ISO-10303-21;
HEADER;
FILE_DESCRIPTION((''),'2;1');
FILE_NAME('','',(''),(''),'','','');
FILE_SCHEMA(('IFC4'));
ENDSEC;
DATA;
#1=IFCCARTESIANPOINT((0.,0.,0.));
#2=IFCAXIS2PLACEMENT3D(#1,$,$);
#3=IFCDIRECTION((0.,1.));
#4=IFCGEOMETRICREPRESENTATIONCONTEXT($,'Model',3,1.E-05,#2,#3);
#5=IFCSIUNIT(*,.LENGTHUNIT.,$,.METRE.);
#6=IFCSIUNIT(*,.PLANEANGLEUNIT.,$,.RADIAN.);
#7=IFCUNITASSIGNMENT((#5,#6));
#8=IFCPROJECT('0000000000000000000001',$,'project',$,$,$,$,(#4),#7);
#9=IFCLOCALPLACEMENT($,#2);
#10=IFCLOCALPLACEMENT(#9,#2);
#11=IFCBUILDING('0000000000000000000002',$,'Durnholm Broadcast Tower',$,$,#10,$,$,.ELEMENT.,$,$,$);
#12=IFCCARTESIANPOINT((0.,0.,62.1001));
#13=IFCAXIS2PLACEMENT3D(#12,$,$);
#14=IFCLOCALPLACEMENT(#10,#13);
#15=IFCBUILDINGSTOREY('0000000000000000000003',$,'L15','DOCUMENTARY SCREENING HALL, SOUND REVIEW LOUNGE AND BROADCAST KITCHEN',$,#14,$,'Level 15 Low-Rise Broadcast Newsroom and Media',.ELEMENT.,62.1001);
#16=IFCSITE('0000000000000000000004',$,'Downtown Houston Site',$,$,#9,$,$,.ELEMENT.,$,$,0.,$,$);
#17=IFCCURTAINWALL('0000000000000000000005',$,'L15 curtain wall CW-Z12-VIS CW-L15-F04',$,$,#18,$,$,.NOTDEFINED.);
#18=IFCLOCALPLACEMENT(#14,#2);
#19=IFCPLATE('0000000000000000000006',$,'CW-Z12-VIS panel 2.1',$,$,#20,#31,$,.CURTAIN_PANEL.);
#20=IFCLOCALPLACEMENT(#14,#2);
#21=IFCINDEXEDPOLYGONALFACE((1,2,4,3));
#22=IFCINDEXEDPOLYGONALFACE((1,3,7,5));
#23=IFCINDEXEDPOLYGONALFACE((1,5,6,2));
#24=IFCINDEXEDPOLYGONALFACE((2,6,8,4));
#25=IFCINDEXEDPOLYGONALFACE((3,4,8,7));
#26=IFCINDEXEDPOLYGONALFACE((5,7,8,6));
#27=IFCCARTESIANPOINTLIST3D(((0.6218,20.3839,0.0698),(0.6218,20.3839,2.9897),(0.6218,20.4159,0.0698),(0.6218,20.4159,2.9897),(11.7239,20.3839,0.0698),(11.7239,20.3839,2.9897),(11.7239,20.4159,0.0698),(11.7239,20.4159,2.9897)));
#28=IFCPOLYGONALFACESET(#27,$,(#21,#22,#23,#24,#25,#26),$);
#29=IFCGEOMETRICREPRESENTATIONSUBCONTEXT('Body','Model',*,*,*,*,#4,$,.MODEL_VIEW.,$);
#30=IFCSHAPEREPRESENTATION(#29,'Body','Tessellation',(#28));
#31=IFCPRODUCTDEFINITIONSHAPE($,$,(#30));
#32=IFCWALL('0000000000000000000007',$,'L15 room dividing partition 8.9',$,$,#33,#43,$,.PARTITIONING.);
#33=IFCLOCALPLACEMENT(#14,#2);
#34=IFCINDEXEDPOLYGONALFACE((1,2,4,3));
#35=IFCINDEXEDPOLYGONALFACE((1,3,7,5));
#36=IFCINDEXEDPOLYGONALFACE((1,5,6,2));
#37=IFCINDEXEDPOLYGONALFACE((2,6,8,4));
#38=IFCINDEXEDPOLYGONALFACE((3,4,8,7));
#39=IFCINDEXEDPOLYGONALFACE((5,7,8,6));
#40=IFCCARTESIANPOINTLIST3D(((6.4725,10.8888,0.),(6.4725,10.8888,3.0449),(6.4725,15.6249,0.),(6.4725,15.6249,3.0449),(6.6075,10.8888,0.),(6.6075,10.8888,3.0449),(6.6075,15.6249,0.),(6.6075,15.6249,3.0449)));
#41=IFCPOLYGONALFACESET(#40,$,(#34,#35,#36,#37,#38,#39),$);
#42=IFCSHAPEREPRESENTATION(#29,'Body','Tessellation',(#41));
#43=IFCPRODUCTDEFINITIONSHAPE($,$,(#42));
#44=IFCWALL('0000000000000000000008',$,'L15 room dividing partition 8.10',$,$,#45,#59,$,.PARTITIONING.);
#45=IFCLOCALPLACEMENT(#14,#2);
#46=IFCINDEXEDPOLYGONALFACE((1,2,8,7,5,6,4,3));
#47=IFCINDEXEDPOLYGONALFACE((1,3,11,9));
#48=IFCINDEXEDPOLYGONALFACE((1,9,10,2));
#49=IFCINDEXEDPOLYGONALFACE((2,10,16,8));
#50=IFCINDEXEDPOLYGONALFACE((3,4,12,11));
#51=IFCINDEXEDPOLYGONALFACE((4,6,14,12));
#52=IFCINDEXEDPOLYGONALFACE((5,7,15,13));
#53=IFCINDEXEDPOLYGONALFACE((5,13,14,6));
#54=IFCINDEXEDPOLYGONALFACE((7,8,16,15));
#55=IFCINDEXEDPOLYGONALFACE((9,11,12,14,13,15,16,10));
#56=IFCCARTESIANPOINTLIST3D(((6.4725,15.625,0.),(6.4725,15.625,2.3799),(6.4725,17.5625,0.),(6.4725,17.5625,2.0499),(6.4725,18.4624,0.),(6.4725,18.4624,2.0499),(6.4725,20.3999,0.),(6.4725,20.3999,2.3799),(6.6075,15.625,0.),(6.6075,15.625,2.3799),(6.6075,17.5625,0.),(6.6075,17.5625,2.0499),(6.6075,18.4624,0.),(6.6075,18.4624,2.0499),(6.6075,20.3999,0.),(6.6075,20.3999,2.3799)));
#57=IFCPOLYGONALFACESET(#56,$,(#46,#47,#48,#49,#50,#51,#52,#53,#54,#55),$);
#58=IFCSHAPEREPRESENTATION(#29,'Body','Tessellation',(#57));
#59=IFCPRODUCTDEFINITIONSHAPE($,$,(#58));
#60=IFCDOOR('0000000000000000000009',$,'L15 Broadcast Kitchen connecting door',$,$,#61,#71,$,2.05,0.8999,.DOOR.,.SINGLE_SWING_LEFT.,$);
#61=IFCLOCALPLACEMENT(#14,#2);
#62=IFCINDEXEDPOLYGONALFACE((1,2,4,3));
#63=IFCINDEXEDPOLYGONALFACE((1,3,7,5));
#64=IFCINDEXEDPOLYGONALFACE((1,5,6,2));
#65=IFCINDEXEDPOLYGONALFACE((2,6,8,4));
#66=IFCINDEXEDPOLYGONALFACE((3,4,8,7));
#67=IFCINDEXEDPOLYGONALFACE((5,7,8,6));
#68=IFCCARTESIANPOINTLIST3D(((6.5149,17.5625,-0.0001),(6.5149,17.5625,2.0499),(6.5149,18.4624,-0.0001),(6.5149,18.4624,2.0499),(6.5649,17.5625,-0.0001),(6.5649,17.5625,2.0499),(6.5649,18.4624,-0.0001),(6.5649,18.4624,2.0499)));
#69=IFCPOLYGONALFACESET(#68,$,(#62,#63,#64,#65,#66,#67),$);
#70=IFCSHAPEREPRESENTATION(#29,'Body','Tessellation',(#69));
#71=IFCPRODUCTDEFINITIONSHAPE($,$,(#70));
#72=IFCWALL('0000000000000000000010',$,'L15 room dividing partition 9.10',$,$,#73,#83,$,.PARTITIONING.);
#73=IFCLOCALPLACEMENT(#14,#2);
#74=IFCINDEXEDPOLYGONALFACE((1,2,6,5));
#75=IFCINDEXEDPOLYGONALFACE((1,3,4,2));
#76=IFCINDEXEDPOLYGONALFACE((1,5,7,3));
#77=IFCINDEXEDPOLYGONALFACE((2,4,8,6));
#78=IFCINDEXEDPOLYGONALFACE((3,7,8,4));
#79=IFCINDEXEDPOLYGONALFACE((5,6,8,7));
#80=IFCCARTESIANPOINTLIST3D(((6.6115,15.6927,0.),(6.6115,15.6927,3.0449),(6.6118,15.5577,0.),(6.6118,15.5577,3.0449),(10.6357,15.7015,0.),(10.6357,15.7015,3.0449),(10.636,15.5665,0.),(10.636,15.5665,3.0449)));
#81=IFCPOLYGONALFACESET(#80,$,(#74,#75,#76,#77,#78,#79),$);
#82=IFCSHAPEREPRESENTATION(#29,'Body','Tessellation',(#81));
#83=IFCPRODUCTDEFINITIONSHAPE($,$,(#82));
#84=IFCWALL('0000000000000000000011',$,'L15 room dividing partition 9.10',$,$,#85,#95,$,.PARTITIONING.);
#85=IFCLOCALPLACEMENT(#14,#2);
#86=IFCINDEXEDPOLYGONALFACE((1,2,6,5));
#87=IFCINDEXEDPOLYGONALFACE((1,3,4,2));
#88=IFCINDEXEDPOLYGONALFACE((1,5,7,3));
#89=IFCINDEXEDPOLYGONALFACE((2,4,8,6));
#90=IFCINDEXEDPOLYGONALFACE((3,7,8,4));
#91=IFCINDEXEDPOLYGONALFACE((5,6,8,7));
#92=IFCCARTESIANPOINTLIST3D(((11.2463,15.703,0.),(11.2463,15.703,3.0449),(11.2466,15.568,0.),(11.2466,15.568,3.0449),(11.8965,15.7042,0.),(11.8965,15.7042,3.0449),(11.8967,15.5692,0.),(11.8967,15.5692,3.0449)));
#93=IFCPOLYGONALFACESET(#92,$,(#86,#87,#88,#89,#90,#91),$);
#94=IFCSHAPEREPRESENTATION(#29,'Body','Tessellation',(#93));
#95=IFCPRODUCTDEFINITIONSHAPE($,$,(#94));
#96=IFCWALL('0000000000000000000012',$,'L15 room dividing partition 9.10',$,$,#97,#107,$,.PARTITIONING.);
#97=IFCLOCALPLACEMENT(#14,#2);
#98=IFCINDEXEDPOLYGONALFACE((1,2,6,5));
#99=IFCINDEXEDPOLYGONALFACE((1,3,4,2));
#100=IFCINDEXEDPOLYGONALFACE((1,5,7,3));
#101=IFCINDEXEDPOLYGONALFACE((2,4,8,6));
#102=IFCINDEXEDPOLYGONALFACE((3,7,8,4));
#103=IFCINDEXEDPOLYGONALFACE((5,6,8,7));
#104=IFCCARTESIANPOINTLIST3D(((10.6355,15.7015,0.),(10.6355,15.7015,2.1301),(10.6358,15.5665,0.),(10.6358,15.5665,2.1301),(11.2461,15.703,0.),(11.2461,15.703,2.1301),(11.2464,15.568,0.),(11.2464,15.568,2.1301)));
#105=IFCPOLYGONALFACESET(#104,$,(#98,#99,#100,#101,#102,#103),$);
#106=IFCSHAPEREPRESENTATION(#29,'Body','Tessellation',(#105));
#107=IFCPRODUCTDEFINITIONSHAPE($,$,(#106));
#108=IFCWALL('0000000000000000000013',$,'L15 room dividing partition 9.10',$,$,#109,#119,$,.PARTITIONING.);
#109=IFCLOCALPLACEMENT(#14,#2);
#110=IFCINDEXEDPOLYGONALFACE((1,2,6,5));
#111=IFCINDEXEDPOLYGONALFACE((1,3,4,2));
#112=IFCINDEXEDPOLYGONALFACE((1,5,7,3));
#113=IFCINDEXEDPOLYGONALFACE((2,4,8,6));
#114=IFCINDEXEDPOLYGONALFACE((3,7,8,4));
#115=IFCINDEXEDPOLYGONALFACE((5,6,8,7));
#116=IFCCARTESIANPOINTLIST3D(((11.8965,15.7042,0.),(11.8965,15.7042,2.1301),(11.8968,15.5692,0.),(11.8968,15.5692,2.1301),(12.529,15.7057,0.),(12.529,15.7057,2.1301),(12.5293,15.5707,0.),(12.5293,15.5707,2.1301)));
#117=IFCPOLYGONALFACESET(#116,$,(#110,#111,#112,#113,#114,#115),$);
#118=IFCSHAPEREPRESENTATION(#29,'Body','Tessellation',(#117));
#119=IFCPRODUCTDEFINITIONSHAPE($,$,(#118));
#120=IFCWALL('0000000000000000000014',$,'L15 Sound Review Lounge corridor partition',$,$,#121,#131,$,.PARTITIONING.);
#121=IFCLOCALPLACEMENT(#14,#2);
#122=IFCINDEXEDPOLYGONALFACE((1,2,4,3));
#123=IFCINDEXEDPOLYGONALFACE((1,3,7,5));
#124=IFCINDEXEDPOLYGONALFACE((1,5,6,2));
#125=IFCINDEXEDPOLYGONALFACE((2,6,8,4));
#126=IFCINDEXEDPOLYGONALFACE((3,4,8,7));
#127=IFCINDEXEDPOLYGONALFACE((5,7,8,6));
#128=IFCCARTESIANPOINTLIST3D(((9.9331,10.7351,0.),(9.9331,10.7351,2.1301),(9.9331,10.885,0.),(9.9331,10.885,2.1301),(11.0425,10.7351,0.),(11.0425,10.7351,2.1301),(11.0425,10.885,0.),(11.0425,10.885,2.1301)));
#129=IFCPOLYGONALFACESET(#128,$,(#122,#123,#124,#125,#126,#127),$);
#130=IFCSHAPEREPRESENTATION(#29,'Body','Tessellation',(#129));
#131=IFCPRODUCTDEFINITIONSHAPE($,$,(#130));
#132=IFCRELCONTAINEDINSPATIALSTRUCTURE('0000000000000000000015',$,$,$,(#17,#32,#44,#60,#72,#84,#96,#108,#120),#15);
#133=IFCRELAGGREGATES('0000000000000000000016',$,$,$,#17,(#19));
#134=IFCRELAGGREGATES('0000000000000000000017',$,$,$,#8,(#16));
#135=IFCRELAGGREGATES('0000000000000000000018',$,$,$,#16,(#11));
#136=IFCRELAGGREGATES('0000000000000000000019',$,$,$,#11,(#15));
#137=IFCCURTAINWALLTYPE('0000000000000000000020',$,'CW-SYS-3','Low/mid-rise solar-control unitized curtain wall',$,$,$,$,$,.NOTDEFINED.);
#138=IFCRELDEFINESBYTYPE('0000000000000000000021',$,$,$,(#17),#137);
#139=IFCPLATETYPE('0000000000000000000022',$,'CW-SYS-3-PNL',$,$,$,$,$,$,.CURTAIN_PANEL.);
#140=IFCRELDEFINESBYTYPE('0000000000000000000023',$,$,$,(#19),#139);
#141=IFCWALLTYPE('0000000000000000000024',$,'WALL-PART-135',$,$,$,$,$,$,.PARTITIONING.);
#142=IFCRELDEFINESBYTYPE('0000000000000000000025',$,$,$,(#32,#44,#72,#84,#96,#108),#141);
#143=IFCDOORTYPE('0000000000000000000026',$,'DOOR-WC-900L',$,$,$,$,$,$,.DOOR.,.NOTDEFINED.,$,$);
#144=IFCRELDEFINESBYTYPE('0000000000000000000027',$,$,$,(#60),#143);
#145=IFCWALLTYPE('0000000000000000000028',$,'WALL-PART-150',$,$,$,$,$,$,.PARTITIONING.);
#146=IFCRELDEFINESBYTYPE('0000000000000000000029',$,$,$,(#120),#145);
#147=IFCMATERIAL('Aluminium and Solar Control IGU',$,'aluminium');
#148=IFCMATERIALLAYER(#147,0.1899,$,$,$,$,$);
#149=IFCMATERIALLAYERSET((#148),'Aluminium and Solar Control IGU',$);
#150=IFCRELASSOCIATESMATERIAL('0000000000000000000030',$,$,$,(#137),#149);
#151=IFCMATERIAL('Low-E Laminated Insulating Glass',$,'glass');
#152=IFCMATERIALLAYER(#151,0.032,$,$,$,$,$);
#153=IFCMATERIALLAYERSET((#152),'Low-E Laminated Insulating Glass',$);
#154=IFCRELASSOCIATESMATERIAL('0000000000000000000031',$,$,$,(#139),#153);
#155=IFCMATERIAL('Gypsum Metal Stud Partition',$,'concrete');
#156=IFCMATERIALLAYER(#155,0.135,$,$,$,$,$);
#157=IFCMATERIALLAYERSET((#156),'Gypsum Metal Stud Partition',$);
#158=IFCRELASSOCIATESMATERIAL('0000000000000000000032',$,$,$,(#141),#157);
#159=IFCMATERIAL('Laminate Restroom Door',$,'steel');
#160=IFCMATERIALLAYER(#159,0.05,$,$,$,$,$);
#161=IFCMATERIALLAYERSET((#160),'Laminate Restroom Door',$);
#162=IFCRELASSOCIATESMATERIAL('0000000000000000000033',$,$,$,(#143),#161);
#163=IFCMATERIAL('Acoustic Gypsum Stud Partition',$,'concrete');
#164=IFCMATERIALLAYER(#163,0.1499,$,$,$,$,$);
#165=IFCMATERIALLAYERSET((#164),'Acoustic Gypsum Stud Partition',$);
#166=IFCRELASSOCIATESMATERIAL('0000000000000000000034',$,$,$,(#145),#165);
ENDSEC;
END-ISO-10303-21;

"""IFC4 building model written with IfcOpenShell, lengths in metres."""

from ifc_helpers import new_model, si_unit, direction, frame, frame_2d, origin, origin_2d, place, context, subcontext, project, spatial, rectangle, extrude, source, transform, mapped, material, layer, layer_set, type_object, type_shapes, element, fill, aggregate, save


model = new_model("IFC4")

# Units and contexts
model_context = context("Model", 3, precision=1e-05, world=origin(), true_north=direction((0.0, 1.0)))
body_context = subcontext(model_context, "Body", "Model", "MODEL_VIEW")
ifc_project = project(units=[si_unit("LENGTHUNIT", "METRE"), si_unit("PLANEANGLEUNIT", "RADIAN")], contexts=[model_context])

# Site, building, storey
site_placement = place(None, origin())
site = spatial("IfcSite", under=ifc_project, at=site_placement, Name="Downtown Houston Site", CompositionType="ELEMENT", RefElevation=0.0)
building_placement = place(site_placement, origin())
building = spatial("IfcBuilding", under=site, at=building_placement, Name="Durnholm Broadcast Tower", CompositionType="ELEMENT")
storey_placement = place(building_placement, frame((0.0, 0.0, 62.1001)))
storey = spatial("IfcBuildingStorey", under=building, at=storey_placement, Name="L15", Description="DOCUMENTARY SCREENING HALL, SOUND REVIEW LOUNGE AND BROADCAST KITCHEN", LongName="Level 15 Low-Rise Broadcast Newsroom and Media", CompositionType="ELEMENT", Elevation=62.1001)

# Shared definitions
ifc_material_1 = material(Name="Aluminium and Solar Control IGU", Category="aluminium")

# Curtain wall
ifc_layer_1 = layer(ifc_material_1, 0.1899)
ifc_layer_set_1 = layer_set([ifc_layer_1], Name="Aluminium and Solar Control IGU")
curtain_wall_type_1 = type_object("IfcCurtainWallType", Name="CW-SYS-3", Description="Low/mid-rise solar-control unitized curtain wall", PredefinedType="NOTDEFINED", material=ifc_layer_set_1)
curtain_wall_1_placement = place(storey_placement, origin())
curtain_wall_1 = element("IfcCurtainWall", 1, at=curtain_wall_1_placement, inside=storey, type_object=curtain_wall_type_1, Name="L15 curtain wall CW-Z12-VIS CW-L15-F04", PredefinedType="NOTDEFINED")

# Plate
ifc_material_2 = material(Name="Low-E Laminated Insulating Glass", Category="glass")
ifc_layer_2 = layer(ifc_material_2, 0.032)
ifc_layer_set_2 = layer_set([ifc_layer_2], Name="Low-E Laminated Insulating Glass")
plate_type = type_object("IfcPlateType", Name="CW-SYS-3-PNL", PredefinedType="CURTAIN_PANEL", material=ifc_layer_set_2)
shared_shape_1 = source(origin(), body_context, "Body", "SweptSolid", [
    extrude(rectangle(XDim=11.1021, YDim=0.032, at=origin_2d()), origin(), (0.0, 0.0, 1.0), 2.9199),
])
type_shapes(plate_type, [shared_shape_1])
plate_placement = place(storey_placement, frame((6.1729, 20.3999, 0.0698), z_axis=(0.0, 0.0, 1.0), x_axis=(1.0, 0.0, 0.0)))
plate = element("IfcPlate", 2, at=plate_placement, type_object=plate_type, Name="CW-Z12-VIS panel 2.1", PredefinedType="CURTAIN_PANEL", context=body_context, shape_type="MappedRepresentation", body=[
    mapped(shared_shape_1, transform((0.0, 0.0, 0.0), x_axis=(1.0, 0.0, 0.0), y_axis=(0.0, 1.0, 0.0), z_axis=(0.0, 0.0, 1.0), scale=1.0)),
])
aggregate(curtain_wall_1, [plate])

# Wall
ifc_material_3 = material(Name="Gypsum Metal Stud Partition", Category="concrete")
ifc_layer_3 = layer(ifc_material_3, 0.135)
ifc_layer_set_3 = layer_set([ifc_layer_3], Name="Gypsum Metal Stud Partition")
wall_type_1 = type_object("IfcWallType", Name="WALL-PART-135", PredefinedType="PARTITIONING", material=ifc_layer_set_3)
wall_1_placement = place(storey_placement, frame((6.54, 15.625, 0.0), z_axis=(0.0, 0.0, 1.0), x_axis=(0.0, -1.0, 0.0)))
element("IfcWall", 3, at=wall_1_placement, inside=storey, type_object=wall_type_1, Name="L15 room dividing partition 8.9", PredefinedType="PARTITIONING", context=body_context, shape_type="SweptSolid", body=[
    extrude(rectangle(XDim=4.7361, YDim=0.135, at=frame_2d((2.3682, 0.0))), origin(), (0.0, 0.0, 1.0), 3.0449),
])

# Wall, opening, door
wall_2_placement = place(storey_placement, frame((6.54, 20.3999, 0.0), z_axis=(0.0, 0.0, 1.0), x_axis=(0.0, -1.0, 0.0)))
wall_2 = element("IfcWall", 4, at=wall_2_placement, inside=storey, type_object=wall_type_1, Name="L15 room dividing partition 8.10", PredefinedType="PARTITIONING", context=body_context, shape_type="SweptSolid", body=[
    extrude(rectangle(XDim=4.7749, YDim=0.135, at=frame_2d((2.3875, 0.0))), origin(), (0.0, 0.0, 1.0), 2.3799),
])
opening_placement = place(wall_2_placement, frame((1.9375, 0.0, 0.0)))
opening = element("IfcOpeningElement", 5, at=opening_placement, cuts=wall_2, PredefinedType="OPENING", context=body_context, shape_type="SweptSolid", body=[
    extrude(rectangle(XDim=0.8999, YDim=2.05, at=frame_2d((0.45, 1.0249))), frame((0.0, 0.0776, 0.0), z_axis=(0.0, -1.0, 0.0), x_axis=(1.0, 0.0, 0.0)), (0.0, 0.0, 1.0), 0.155),
])
ifc_material_4 = material(Name="Laminate Restroom Door", Category="steel")
ifc_layer_4 = layer(ifc_material_4, 0.05)
ifc_layer_set_4 = layer_set([ifc_layer_4], Name="Laminate Restroom Door")
door_type = type_object("IfcDoorType", Name="DOOR-WC-900L", OperationType="NOTDEFINED", PredefinedType="DOOR", material=ifc_layer_set_4)
shared_shape_2 = source(origin(), body_context, "Body", "SweptSolid", [
    extrude(rectangle(XDim=0.8999, YDim=2.05, at=frame_2d((0.45, 1.0249))), frame((0.0, 0.0249, 0.0), z_axis=(0.0, -1.0, 0.0), x_axis=(1.0, 0.0, 0.0)), (0.0, 0.0, 1.0), 0.05),
])
type_shapes(door_type, [shared_shape_2])
door_placement = place(opening_placement, origin())
door = element("IfcDoor", 6, at=door_placement, inside=storey, type_object=door_type, Name="L15 Broadcast Kitchen connecting door", OperationType="SINGLE_SWING_LEFT", OverallHeight=2.05, OverallWidth=0.8999, PredefinedType="DOOR", context=body_context, shape_type="MappedRepresentation", body=[
    mapped(shared_shape_2, transform((0.0, 0.0, 0.0), x_axis=(1.0, 0.0, 0.0), y_axis=(0.0, 1.0, 0.0), z_axis=(0.0, 0.0, 1.0), scale=1.0)),
])
fill(opening, door)

# Walls
wall_3_placement = place(storey_placement, frame((6.6116, 15.6252, 0.0), z_axis=(0.0, 0.0, 1.0), x_axis=(0.999998, 0.002184, 0.0)))
element("IfcWall", 7, at=wall_3_placement, inside=storey, type_object=wall_type_1, Name="L15 room dividing partition 9.10", PredefinedType="PARTITIONING", context=body_context, shape_type="SweptSolid", body=[
    extrude(rectangle(XDim=4.0242, YDim=0.135, at=frame_2d((2.0122, 0.0))), origin(), (0.0, 0.0, 1.0), 3.0449),
])
wall_4_placement = place(storey_placement, frame((11.2463, 15.6355, 0.0), z_axis=(0.0, 0.0, 1.0), x_axis=(0.999998, 0.001878, 0.0)))
element("IfcWall", 8, at=wall_4_placement, inside=storey, type_object=wall_type_1, Name="L15 room dividing partition 9.10", PredefinedType="PARTITIONING", context=body_context, shape_type="SweptSolid", body=[
    extrude(rectangle(XDim=0.6501, YDim=0.135, at=frame_2d((0.3252, 0.0))), origin(), (0.0, 0.0, 1.0), 3.0449),
])
wall_5_placement = place(storey_placement, frame((10.6357, 15.634, 0.0), z_axis=(0.0, 0.0, 1.0), x_axis=(0.999997, 0.002399, 0.0)))
element("IfcWall", 9, at=wall_5_placement, inside=storey, type_object=wall_type_1, Name="L15 room dividing partition 9.10", PredefinedType="PARTITIONING", context=body_context, shape_type="SweptSolid", body=[
    extrude(rectangle(XDim=0.6106, YDim=0.135, at=frame_2d((0.3052, 0.0))), origin(), (0.0, 0.0, 1.0), 2.1301),
])
wall_6_placement = place(storey_placement, frame((11.8965, 15.6367, 0.0), z_axis=(0.0, 0.0, 1.0), x_axis=(0.999997, 0.002316, 0.0)))
element("IfcWall", 10, at=wall_6_placement, inside=storey, type_object=wall_type_1, Name="L15 room dividing partition 9.10", PredefinedType="PARTITIONING", context=body_context, shape_type="SweptSolid", body=[
    extrude(rectangle(XDim=0.6326, YDim=0.135, at=frame_2d((0.3164, 0.0))), origin(), (0.0, 0.0, 1.0), 2.1301),
])
ifc_material_5 = material(Name="Acoustic Gypsum Stud Partition", Category="concrete")
ifc_layer_5 = layer(ifc_material_5, 0.1499)
ifc_layer_set_5 = layer_set([ifc_layer_5], Name="Acoustic Gypsum Stud Partition")
wall_type_2 = type_object("IfcWallType", Name="WALL-PART-150", PredefinedType="PARTITIONING", material=ifc_layer_set_5)
wall_7_placement = place(storey_placement, frame((11.0425, 10.8101, 0.0), z_axis=(0.0, 0.0, 1.0), x_axis=(-1.0, 0.0, 0.0)))
element("IfcWall", 11, at=wall_7_placement, inside=storey, type_object=wall_type_2, Name="L15 Sound Review Lounge corridor partition", PredefinedType="PARTITIONING", context=body_context, shape_type="SweptSolid", body=[
    extrude(rectangle(XDim=1.1094, YDim=0.1499, at=frame_2d((0.5547, 0.0))), origin(), (0.0, 0.0, 1.0), 2.1301),
])

save(model, "model.ifc")
